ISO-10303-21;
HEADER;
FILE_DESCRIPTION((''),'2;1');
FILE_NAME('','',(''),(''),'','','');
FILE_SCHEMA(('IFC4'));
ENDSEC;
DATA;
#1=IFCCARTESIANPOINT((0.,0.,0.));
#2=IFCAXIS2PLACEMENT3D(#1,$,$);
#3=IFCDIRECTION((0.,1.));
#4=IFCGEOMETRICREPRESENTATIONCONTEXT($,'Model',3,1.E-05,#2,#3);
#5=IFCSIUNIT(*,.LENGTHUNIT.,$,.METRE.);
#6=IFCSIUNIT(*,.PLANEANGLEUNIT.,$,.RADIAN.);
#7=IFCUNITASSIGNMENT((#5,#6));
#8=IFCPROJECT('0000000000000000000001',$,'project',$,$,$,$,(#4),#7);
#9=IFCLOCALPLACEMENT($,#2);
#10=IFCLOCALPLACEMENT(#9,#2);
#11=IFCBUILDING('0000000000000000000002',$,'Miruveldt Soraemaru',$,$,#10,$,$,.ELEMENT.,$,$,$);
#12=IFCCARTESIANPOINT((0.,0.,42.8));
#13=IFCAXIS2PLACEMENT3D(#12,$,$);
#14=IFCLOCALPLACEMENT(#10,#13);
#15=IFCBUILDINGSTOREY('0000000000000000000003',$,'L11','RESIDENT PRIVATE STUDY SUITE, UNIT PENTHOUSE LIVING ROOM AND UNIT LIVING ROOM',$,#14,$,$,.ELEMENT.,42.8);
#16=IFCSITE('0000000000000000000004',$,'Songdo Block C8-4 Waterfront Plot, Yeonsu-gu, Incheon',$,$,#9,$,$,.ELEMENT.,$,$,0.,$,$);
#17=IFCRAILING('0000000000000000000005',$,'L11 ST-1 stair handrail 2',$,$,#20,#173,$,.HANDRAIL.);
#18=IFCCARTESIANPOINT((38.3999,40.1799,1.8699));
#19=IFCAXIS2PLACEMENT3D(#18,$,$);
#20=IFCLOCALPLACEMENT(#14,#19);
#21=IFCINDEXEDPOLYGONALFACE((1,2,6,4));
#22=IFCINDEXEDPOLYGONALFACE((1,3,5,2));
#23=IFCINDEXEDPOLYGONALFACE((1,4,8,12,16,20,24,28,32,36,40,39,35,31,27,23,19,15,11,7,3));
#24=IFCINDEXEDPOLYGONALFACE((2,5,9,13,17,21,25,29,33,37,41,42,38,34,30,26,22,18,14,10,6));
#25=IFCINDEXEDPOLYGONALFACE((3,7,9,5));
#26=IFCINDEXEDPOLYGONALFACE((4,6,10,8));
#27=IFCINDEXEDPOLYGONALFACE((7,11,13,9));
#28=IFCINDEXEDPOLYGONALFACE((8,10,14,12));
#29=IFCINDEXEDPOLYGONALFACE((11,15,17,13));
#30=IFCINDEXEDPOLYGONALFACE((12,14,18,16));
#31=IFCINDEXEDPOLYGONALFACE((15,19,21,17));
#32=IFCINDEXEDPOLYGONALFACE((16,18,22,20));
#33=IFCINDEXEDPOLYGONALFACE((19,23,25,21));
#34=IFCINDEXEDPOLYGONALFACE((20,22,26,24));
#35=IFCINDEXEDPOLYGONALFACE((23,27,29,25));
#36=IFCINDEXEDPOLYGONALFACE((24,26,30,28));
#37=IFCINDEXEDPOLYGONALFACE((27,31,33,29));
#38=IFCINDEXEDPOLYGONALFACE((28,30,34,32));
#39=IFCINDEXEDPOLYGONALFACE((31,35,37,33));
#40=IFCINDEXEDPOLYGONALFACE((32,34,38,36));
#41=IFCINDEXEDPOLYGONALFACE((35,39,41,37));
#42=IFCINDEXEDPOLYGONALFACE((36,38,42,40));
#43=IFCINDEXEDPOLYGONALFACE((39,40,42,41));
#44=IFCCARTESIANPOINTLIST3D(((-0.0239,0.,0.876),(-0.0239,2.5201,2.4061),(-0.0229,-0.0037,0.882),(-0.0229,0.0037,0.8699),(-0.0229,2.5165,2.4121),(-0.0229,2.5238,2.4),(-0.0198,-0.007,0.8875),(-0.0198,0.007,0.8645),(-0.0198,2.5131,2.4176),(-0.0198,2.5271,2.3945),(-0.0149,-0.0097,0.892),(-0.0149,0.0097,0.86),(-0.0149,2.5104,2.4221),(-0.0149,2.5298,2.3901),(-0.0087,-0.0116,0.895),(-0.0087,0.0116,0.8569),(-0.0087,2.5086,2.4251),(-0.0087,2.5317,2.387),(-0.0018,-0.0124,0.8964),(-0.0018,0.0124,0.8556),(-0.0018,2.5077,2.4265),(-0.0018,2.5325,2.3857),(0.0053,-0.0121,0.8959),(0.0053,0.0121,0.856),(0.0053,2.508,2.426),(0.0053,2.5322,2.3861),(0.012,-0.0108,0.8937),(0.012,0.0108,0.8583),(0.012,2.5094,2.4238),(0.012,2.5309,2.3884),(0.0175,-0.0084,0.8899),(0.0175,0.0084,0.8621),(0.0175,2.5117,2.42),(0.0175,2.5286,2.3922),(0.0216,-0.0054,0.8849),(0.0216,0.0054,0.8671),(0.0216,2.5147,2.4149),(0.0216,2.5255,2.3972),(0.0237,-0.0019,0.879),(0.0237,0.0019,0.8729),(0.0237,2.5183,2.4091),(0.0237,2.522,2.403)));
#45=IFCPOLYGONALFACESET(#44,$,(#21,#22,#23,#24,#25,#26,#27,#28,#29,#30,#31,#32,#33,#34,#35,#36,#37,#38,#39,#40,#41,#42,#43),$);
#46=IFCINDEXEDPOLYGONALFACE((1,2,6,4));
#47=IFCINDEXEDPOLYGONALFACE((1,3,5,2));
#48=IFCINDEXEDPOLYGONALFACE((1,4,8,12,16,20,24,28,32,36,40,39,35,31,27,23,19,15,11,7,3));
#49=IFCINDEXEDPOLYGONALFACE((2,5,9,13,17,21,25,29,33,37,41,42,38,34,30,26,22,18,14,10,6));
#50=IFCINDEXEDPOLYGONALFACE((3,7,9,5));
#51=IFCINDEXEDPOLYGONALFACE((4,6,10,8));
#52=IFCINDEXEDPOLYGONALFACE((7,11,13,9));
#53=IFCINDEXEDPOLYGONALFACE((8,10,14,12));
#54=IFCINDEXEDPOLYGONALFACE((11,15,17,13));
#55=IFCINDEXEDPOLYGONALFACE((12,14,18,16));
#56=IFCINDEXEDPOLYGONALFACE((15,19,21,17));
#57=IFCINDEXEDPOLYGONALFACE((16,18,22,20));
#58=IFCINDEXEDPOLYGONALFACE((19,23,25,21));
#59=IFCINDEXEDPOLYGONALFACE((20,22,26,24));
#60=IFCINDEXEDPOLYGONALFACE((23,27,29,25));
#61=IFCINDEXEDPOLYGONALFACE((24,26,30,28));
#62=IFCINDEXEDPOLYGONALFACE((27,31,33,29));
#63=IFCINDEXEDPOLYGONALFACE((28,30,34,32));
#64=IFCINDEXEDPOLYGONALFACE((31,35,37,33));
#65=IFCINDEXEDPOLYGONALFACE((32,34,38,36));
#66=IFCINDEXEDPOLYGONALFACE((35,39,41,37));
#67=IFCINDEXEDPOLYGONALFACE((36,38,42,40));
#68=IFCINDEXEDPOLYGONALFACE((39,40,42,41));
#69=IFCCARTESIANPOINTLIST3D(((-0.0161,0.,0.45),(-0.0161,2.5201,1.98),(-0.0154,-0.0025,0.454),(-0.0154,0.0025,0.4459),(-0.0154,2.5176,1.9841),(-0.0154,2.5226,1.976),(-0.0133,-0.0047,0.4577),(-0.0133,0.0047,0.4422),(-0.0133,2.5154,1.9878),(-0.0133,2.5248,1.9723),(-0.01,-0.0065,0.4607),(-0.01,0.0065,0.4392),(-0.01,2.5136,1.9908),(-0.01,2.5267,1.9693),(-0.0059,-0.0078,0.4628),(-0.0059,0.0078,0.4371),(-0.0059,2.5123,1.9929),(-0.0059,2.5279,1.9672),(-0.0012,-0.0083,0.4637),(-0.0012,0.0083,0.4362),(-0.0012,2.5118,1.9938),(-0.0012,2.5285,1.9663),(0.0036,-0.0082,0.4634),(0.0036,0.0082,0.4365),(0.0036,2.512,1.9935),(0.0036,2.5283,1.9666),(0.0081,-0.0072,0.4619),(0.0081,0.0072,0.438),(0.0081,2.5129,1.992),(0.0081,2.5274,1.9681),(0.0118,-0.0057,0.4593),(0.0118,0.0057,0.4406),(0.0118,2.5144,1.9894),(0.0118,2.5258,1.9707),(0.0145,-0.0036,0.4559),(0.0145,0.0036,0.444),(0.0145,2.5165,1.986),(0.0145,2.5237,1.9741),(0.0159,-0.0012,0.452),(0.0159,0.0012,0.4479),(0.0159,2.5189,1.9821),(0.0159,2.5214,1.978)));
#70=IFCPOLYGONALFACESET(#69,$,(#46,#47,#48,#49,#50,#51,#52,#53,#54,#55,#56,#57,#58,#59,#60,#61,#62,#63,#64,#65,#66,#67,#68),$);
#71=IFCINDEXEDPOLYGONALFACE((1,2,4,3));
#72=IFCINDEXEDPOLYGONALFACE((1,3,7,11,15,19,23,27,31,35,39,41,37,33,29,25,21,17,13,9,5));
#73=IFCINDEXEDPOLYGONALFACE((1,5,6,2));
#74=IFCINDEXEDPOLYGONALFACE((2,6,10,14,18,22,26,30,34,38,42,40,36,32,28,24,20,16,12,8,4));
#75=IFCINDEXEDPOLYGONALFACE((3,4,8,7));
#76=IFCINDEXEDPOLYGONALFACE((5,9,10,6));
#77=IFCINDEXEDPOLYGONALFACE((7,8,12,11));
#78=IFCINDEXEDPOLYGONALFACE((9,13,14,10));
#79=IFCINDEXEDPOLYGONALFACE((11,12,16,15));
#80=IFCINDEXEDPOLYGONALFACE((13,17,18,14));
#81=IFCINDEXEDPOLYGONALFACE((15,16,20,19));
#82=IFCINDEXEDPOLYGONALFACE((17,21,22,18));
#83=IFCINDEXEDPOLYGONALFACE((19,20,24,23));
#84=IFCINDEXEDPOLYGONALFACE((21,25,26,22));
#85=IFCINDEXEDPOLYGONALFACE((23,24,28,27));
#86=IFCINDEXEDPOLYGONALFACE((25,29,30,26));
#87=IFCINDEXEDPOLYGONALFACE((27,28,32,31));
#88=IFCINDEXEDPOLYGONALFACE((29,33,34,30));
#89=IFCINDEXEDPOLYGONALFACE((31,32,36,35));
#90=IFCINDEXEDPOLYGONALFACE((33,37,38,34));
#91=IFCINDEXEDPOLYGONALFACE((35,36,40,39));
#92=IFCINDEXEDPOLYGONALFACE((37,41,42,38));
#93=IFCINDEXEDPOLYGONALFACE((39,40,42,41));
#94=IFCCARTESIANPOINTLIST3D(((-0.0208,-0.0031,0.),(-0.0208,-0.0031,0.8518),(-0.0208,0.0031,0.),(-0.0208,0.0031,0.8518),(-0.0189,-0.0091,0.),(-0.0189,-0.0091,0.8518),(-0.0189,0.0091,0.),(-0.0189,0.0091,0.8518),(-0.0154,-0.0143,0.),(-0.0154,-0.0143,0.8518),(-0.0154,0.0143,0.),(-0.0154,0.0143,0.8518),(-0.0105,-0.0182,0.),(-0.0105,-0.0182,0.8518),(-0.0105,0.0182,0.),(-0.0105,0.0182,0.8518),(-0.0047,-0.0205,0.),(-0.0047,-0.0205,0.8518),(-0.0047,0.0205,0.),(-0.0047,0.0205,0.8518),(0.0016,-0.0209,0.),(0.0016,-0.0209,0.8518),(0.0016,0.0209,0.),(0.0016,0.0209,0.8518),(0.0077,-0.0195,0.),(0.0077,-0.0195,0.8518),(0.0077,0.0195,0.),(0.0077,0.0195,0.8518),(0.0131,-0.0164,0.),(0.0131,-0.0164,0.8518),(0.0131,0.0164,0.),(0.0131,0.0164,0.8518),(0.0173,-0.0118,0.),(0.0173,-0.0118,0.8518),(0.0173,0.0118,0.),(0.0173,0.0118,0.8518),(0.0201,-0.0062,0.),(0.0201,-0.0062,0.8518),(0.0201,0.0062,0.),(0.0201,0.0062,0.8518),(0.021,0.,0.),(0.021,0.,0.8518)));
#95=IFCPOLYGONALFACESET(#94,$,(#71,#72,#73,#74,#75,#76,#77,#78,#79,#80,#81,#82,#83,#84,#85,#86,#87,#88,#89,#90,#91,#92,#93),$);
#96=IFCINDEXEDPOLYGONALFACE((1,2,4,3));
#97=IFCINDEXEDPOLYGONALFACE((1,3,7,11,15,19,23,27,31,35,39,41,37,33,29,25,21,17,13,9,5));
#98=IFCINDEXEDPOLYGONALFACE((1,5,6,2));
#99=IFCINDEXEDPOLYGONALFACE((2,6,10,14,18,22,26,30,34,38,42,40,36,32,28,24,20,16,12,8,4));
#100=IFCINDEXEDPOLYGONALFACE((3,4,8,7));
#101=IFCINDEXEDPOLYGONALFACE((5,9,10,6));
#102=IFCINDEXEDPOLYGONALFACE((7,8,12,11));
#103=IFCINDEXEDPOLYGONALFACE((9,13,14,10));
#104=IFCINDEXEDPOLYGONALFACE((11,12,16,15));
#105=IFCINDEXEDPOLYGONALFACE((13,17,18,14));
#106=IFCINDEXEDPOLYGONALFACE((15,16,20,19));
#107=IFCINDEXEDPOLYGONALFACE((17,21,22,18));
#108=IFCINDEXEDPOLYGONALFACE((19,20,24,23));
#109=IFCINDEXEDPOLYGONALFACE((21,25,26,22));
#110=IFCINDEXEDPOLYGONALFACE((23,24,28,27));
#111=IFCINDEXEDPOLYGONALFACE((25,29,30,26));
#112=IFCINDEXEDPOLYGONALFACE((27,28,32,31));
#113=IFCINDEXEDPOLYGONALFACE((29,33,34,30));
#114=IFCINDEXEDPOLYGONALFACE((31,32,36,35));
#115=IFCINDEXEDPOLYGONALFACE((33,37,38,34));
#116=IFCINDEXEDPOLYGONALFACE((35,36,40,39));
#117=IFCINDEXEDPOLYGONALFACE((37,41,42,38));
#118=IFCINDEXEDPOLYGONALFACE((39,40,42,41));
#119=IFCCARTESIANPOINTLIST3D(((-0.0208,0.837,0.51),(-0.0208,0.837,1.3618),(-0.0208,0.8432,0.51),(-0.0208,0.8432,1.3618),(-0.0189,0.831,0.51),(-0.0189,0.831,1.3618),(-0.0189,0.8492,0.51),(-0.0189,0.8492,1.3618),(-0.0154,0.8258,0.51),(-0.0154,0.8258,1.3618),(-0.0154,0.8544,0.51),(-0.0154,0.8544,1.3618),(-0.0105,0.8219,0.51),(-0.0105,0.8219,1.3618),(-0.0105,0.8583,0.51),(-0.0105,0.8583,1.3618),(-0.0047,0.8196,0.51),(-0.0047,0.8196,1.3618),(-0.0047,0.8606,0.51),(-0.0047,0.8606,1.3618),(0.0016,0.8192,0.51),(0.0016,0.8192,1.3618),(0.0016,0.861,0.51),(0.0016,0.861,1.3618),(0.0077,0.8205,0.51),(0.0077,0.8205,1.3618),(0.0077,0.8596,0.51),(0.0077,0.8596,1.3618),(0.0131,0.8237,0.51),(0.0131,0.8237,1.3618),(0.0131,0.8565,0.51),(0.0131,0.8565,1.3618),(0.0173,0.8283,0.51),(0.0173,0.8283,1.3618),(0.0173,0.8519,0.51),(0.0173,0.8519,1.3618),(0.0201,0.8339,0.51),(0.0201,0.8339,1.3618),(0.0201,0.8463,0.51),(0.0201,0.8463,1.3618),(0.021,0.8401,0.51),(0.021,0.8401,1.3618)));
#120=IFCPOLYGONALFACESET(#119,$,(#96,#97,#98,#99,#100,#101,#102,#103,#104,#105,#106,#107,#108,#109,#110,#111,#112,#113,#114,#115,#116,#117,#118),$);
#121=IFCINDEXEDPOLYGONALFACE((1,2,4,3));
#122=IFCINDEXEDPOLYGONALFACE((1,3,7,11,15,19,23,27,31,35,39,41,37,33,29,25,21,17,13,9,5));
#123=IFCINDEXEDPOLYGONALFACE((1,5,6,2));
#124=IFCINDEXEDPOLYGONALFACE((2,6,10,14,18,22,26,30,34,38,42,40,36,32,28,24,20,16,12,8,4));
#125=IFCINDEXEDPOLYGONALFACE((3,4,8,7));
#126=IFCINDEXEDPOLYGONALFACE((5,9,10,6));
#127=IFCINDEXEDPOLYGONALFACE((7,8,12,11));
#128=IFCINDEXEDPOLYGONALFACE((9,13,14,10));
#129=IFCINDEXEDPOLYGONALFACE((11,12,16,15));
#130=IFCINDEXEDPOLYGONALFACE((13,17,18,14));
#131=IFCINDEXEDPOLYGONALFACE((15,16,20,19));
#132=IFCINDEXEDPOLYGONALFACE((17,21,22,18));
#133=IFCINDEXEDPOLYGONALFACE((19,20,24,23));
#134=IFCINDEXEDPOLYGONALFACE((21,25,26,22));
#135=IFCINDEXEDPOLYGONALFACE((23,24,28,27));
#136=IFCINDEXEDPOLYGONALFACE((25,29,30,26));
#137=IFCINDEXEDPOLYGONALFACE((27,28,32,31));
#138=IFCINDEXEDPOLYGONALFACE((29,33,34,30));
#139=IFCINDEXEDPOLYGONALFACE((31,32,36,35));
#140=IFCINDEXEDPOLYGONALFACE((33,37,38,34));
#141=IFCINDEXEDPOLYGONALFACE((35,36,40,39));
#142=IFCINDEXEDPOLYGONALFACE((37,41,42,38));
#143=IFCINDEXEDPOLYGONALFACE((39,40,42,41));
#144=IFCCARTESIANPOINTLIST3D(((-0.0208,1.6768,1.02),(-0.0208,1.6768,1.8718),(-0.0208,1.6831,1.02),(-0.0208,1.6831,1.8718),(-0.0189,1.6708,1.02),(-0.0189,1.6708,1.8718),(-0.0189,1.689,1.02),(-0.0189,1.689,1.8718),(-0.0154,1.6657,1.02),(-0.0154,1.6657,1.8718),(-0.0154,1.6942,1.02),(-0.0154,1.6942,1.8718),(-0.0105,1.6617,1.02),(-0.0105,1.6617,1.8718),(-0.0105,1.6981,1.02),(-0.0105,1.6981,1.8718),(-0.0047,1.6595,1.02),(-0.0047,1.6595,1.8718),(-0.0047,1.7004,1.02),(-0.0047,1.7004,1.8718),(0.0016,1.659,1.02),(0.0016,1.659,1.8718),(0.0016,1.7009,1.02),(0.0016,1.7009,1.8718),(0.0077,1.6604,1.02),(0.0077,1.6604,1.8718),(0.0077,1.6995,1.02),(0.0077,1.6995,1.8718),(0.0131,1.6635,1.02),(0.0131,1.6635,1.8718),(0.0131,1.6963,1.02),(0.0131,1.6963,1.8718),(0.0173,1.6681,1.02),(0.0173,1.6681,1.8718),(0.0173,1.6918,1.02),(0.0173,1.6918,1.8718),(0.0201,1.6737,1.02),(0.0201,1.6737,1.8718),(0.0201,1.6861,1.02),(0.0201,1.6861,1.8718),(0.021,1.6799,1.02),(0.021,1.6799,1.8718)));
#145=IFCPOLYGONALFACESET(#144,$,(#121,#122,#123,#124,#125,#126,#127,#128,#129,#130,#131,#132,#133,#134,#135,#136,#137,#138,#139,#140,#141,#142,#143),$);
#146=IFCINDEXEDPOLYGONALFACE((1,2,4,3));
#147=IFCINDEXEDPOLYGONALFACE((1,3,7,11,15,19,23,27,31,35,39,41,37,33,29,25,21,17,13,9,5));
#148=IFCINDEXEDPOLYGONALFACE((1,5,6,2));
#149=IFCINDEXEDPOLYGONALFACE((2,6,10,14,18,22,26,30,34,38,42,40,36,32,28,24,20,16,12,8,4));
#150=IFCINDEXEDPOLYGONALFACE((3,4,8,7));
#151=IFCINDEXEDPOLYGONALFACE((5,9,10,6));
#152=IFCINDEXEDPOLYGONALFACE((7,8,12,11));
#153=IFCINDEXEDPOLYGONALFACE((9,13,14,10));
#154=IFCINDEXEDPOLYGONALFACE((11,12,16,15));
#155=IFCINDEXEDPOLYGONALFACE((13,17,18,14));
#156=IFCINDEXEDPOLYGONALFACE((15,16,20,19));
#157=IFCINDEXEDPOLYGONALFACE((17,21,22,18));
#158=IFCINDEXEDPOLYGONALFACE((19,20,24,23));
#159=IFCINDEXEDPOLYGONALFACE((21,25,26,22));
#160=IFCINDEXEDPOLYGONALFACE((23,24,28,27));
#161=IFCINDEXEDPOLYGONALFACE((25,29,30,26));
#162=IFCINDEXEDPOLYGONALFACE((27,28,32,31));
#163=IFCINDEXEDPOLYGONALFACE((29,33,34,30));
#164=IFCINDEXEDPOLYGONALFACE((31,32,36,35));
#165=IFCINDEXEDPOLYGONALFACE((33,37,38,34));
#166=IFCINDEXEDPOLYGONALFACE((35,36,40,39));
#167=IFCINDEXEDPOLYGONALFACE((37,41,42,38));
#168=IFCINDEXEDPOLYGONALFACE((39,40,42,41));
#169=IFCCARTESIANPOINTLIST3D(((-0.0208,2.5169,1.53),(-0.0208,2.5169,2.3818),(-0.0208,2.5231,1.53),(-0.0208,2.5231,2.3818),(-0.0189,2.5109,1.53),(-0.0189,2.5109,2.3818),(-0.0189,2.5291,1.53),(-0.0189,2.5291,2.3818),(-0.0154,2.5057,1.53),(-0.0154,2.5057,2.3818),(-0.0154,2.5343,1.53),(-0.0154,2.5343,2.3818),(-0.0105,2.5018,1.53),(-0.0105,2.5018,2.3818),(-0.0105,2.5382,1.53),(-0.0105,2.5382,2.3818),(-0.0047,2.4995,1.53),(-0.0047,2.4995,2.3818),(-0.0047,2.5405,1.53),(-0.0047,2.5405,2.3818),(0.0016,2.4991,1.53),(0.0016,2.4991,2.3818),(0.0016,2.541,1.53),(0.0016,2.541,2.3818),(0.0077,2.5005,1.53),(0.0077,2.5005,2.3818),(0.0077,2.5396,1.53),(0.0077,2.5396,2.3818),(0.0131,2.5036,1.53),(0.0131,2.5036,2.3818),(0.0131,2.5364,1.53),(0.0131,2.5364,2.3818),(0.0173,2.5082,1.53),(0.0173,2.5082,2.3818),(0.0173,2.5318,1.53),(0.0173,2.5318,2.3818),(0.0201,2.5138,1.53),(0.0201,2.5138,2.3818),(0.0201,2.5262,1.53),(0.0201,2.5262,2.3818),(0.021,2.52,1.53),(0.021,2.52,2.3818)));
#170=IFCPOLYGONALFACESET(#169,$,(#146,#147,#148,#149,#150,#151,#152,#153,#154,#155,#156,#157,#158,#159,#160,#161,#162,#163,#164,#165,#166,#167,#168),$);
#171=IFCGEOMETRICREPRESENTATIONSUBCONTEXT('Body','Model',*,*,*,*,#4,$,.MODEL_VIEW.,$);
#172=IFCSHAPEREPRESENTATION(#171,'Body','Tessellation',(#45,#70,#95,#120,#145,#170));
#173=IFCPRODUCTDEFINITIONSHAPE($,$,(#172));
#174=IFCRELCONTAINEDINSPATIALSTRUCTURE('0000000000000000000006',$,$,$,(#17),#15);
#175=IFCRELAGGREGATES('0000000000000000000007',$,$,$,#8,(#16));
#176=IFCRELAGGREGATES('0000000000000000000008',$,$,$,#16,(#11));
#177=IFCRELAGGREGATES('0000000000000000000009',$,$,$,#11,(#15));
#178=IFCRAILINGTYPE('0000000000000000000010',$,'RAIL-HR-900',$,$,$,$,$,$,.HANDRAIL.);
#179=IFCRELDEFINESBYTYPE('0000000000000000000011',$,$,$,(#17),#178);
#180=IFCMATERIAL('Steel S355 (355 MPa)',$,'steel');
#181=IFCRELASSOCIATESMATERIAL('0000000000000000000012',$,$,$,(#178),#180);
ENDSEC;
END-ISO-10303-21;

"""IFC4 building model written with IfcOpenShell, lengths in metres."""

from ifc_helpers import new_model, si_unit, direction, frame, origin, origin_2d, place, context, subcontext, project, spatial, circle, extrude, material, type_object, element, save


model = new_model("IFC4")

# Units and contexts
model_context = context("Model", 3, precision=1e-05, world=origin(), true_north=direction((0.0, 1.0)))
body_context = subcontext(model_context, "Body", "Model", "MODEL_VIEW")
ifc_project = project(units=[si_unit("LENGTHUNIT", "METRE"), si_unit("PLANEANGLEUNIT", "RADIAN")], contexts=[model_context])

# Site, building, storey
site_placement = place(None, origin())
site = spatial("IfcSite", under=ifc_project, at=site_placement, Name="Songdo Block C8-4 Waterfront Plot, Yeonsu-gu, Incheon", CompositionType="ELEMENT", RefElevation=0.0)
building_placement = place(site_placement, origin())
building = spatial("IfcBuilding", under=site, at=building_placement, Name="Miruveldt Soraemaru", CompositionType="ELEMENT")
storey_placement = place(building_placement, frame((0.0, 0.0, 42.8)))
storey = spatial("IfcBuildingStorey", under=building, at=storey_placement, Name="L11", Description="RESIDENT PRIVATE STUDY SUITE, UNIT PENTHOUSE LIVING ROOM AND UNIT LIVING ROOM", CompositionType="ELEMENT", Elevation=42.8)

# Railing
ifc_material_1 = material(Name="Steel S355 (355 MPa)", Category="steel")
railing_type_1 = type_object("IfcRailingType", Name="RAIL-HR-900", PredefinedType="HANDRAIL", material=ifc_material_1)
railing_1_placement = place(storey_placement, frame((38.3999, 40.1799, 1.8699)))
element("IfcRailing", 1, at=railing_1_placement, inside=storey, type_object=railing_type_1, Name="L11 ST-1 stair handrail 2", PredefinedType="HANDRAIL", context=body_context, shape_type="SweptSolid", body=[
    extrude(circle(Radius=0.0239, at=origin_2d()), frame((0.0, 0.0, 0.876), z_axis=(0.0, 0.854785, 0.518982), x_axis=(-1.0, 0.0, 0.0)), (0.0, 0.0, 1.0), 2.9482),
    extrude(circle(Radius=0.0161, at=origin_2d()), frame((0.0, 0.0, 0.45), z_axis=(0.0, 0.854785, 0.518982), x_axis=(-1.0, 0.0, 0.0)), (0.0, 0.0, 1.0), 2.9482),
    extrude(circle(Radius=0.021, at=origin_2d()), origin(), (0.0, 0.0, 1.0), 0.8518),
    extrude(circle(Radius=0.021, at=origin_2d()), frame((0.0, 0.8401, 0.51)), (0.0, 0.0, 1.0), 0.8518),
    extrude(circle(Radius=0.021, at=origin_2d()), frame((0.0, 1.6799, 1.02)), (0.0, 0.0, 1.0), 0.8518),
    extrude(circle(Radius=0.021, at=origin_2d()), frame((0.0, 2.52, 1.53)), (0.0, 0.0, 1.0), 0.8518),
])

save(model, "model.ifc")
